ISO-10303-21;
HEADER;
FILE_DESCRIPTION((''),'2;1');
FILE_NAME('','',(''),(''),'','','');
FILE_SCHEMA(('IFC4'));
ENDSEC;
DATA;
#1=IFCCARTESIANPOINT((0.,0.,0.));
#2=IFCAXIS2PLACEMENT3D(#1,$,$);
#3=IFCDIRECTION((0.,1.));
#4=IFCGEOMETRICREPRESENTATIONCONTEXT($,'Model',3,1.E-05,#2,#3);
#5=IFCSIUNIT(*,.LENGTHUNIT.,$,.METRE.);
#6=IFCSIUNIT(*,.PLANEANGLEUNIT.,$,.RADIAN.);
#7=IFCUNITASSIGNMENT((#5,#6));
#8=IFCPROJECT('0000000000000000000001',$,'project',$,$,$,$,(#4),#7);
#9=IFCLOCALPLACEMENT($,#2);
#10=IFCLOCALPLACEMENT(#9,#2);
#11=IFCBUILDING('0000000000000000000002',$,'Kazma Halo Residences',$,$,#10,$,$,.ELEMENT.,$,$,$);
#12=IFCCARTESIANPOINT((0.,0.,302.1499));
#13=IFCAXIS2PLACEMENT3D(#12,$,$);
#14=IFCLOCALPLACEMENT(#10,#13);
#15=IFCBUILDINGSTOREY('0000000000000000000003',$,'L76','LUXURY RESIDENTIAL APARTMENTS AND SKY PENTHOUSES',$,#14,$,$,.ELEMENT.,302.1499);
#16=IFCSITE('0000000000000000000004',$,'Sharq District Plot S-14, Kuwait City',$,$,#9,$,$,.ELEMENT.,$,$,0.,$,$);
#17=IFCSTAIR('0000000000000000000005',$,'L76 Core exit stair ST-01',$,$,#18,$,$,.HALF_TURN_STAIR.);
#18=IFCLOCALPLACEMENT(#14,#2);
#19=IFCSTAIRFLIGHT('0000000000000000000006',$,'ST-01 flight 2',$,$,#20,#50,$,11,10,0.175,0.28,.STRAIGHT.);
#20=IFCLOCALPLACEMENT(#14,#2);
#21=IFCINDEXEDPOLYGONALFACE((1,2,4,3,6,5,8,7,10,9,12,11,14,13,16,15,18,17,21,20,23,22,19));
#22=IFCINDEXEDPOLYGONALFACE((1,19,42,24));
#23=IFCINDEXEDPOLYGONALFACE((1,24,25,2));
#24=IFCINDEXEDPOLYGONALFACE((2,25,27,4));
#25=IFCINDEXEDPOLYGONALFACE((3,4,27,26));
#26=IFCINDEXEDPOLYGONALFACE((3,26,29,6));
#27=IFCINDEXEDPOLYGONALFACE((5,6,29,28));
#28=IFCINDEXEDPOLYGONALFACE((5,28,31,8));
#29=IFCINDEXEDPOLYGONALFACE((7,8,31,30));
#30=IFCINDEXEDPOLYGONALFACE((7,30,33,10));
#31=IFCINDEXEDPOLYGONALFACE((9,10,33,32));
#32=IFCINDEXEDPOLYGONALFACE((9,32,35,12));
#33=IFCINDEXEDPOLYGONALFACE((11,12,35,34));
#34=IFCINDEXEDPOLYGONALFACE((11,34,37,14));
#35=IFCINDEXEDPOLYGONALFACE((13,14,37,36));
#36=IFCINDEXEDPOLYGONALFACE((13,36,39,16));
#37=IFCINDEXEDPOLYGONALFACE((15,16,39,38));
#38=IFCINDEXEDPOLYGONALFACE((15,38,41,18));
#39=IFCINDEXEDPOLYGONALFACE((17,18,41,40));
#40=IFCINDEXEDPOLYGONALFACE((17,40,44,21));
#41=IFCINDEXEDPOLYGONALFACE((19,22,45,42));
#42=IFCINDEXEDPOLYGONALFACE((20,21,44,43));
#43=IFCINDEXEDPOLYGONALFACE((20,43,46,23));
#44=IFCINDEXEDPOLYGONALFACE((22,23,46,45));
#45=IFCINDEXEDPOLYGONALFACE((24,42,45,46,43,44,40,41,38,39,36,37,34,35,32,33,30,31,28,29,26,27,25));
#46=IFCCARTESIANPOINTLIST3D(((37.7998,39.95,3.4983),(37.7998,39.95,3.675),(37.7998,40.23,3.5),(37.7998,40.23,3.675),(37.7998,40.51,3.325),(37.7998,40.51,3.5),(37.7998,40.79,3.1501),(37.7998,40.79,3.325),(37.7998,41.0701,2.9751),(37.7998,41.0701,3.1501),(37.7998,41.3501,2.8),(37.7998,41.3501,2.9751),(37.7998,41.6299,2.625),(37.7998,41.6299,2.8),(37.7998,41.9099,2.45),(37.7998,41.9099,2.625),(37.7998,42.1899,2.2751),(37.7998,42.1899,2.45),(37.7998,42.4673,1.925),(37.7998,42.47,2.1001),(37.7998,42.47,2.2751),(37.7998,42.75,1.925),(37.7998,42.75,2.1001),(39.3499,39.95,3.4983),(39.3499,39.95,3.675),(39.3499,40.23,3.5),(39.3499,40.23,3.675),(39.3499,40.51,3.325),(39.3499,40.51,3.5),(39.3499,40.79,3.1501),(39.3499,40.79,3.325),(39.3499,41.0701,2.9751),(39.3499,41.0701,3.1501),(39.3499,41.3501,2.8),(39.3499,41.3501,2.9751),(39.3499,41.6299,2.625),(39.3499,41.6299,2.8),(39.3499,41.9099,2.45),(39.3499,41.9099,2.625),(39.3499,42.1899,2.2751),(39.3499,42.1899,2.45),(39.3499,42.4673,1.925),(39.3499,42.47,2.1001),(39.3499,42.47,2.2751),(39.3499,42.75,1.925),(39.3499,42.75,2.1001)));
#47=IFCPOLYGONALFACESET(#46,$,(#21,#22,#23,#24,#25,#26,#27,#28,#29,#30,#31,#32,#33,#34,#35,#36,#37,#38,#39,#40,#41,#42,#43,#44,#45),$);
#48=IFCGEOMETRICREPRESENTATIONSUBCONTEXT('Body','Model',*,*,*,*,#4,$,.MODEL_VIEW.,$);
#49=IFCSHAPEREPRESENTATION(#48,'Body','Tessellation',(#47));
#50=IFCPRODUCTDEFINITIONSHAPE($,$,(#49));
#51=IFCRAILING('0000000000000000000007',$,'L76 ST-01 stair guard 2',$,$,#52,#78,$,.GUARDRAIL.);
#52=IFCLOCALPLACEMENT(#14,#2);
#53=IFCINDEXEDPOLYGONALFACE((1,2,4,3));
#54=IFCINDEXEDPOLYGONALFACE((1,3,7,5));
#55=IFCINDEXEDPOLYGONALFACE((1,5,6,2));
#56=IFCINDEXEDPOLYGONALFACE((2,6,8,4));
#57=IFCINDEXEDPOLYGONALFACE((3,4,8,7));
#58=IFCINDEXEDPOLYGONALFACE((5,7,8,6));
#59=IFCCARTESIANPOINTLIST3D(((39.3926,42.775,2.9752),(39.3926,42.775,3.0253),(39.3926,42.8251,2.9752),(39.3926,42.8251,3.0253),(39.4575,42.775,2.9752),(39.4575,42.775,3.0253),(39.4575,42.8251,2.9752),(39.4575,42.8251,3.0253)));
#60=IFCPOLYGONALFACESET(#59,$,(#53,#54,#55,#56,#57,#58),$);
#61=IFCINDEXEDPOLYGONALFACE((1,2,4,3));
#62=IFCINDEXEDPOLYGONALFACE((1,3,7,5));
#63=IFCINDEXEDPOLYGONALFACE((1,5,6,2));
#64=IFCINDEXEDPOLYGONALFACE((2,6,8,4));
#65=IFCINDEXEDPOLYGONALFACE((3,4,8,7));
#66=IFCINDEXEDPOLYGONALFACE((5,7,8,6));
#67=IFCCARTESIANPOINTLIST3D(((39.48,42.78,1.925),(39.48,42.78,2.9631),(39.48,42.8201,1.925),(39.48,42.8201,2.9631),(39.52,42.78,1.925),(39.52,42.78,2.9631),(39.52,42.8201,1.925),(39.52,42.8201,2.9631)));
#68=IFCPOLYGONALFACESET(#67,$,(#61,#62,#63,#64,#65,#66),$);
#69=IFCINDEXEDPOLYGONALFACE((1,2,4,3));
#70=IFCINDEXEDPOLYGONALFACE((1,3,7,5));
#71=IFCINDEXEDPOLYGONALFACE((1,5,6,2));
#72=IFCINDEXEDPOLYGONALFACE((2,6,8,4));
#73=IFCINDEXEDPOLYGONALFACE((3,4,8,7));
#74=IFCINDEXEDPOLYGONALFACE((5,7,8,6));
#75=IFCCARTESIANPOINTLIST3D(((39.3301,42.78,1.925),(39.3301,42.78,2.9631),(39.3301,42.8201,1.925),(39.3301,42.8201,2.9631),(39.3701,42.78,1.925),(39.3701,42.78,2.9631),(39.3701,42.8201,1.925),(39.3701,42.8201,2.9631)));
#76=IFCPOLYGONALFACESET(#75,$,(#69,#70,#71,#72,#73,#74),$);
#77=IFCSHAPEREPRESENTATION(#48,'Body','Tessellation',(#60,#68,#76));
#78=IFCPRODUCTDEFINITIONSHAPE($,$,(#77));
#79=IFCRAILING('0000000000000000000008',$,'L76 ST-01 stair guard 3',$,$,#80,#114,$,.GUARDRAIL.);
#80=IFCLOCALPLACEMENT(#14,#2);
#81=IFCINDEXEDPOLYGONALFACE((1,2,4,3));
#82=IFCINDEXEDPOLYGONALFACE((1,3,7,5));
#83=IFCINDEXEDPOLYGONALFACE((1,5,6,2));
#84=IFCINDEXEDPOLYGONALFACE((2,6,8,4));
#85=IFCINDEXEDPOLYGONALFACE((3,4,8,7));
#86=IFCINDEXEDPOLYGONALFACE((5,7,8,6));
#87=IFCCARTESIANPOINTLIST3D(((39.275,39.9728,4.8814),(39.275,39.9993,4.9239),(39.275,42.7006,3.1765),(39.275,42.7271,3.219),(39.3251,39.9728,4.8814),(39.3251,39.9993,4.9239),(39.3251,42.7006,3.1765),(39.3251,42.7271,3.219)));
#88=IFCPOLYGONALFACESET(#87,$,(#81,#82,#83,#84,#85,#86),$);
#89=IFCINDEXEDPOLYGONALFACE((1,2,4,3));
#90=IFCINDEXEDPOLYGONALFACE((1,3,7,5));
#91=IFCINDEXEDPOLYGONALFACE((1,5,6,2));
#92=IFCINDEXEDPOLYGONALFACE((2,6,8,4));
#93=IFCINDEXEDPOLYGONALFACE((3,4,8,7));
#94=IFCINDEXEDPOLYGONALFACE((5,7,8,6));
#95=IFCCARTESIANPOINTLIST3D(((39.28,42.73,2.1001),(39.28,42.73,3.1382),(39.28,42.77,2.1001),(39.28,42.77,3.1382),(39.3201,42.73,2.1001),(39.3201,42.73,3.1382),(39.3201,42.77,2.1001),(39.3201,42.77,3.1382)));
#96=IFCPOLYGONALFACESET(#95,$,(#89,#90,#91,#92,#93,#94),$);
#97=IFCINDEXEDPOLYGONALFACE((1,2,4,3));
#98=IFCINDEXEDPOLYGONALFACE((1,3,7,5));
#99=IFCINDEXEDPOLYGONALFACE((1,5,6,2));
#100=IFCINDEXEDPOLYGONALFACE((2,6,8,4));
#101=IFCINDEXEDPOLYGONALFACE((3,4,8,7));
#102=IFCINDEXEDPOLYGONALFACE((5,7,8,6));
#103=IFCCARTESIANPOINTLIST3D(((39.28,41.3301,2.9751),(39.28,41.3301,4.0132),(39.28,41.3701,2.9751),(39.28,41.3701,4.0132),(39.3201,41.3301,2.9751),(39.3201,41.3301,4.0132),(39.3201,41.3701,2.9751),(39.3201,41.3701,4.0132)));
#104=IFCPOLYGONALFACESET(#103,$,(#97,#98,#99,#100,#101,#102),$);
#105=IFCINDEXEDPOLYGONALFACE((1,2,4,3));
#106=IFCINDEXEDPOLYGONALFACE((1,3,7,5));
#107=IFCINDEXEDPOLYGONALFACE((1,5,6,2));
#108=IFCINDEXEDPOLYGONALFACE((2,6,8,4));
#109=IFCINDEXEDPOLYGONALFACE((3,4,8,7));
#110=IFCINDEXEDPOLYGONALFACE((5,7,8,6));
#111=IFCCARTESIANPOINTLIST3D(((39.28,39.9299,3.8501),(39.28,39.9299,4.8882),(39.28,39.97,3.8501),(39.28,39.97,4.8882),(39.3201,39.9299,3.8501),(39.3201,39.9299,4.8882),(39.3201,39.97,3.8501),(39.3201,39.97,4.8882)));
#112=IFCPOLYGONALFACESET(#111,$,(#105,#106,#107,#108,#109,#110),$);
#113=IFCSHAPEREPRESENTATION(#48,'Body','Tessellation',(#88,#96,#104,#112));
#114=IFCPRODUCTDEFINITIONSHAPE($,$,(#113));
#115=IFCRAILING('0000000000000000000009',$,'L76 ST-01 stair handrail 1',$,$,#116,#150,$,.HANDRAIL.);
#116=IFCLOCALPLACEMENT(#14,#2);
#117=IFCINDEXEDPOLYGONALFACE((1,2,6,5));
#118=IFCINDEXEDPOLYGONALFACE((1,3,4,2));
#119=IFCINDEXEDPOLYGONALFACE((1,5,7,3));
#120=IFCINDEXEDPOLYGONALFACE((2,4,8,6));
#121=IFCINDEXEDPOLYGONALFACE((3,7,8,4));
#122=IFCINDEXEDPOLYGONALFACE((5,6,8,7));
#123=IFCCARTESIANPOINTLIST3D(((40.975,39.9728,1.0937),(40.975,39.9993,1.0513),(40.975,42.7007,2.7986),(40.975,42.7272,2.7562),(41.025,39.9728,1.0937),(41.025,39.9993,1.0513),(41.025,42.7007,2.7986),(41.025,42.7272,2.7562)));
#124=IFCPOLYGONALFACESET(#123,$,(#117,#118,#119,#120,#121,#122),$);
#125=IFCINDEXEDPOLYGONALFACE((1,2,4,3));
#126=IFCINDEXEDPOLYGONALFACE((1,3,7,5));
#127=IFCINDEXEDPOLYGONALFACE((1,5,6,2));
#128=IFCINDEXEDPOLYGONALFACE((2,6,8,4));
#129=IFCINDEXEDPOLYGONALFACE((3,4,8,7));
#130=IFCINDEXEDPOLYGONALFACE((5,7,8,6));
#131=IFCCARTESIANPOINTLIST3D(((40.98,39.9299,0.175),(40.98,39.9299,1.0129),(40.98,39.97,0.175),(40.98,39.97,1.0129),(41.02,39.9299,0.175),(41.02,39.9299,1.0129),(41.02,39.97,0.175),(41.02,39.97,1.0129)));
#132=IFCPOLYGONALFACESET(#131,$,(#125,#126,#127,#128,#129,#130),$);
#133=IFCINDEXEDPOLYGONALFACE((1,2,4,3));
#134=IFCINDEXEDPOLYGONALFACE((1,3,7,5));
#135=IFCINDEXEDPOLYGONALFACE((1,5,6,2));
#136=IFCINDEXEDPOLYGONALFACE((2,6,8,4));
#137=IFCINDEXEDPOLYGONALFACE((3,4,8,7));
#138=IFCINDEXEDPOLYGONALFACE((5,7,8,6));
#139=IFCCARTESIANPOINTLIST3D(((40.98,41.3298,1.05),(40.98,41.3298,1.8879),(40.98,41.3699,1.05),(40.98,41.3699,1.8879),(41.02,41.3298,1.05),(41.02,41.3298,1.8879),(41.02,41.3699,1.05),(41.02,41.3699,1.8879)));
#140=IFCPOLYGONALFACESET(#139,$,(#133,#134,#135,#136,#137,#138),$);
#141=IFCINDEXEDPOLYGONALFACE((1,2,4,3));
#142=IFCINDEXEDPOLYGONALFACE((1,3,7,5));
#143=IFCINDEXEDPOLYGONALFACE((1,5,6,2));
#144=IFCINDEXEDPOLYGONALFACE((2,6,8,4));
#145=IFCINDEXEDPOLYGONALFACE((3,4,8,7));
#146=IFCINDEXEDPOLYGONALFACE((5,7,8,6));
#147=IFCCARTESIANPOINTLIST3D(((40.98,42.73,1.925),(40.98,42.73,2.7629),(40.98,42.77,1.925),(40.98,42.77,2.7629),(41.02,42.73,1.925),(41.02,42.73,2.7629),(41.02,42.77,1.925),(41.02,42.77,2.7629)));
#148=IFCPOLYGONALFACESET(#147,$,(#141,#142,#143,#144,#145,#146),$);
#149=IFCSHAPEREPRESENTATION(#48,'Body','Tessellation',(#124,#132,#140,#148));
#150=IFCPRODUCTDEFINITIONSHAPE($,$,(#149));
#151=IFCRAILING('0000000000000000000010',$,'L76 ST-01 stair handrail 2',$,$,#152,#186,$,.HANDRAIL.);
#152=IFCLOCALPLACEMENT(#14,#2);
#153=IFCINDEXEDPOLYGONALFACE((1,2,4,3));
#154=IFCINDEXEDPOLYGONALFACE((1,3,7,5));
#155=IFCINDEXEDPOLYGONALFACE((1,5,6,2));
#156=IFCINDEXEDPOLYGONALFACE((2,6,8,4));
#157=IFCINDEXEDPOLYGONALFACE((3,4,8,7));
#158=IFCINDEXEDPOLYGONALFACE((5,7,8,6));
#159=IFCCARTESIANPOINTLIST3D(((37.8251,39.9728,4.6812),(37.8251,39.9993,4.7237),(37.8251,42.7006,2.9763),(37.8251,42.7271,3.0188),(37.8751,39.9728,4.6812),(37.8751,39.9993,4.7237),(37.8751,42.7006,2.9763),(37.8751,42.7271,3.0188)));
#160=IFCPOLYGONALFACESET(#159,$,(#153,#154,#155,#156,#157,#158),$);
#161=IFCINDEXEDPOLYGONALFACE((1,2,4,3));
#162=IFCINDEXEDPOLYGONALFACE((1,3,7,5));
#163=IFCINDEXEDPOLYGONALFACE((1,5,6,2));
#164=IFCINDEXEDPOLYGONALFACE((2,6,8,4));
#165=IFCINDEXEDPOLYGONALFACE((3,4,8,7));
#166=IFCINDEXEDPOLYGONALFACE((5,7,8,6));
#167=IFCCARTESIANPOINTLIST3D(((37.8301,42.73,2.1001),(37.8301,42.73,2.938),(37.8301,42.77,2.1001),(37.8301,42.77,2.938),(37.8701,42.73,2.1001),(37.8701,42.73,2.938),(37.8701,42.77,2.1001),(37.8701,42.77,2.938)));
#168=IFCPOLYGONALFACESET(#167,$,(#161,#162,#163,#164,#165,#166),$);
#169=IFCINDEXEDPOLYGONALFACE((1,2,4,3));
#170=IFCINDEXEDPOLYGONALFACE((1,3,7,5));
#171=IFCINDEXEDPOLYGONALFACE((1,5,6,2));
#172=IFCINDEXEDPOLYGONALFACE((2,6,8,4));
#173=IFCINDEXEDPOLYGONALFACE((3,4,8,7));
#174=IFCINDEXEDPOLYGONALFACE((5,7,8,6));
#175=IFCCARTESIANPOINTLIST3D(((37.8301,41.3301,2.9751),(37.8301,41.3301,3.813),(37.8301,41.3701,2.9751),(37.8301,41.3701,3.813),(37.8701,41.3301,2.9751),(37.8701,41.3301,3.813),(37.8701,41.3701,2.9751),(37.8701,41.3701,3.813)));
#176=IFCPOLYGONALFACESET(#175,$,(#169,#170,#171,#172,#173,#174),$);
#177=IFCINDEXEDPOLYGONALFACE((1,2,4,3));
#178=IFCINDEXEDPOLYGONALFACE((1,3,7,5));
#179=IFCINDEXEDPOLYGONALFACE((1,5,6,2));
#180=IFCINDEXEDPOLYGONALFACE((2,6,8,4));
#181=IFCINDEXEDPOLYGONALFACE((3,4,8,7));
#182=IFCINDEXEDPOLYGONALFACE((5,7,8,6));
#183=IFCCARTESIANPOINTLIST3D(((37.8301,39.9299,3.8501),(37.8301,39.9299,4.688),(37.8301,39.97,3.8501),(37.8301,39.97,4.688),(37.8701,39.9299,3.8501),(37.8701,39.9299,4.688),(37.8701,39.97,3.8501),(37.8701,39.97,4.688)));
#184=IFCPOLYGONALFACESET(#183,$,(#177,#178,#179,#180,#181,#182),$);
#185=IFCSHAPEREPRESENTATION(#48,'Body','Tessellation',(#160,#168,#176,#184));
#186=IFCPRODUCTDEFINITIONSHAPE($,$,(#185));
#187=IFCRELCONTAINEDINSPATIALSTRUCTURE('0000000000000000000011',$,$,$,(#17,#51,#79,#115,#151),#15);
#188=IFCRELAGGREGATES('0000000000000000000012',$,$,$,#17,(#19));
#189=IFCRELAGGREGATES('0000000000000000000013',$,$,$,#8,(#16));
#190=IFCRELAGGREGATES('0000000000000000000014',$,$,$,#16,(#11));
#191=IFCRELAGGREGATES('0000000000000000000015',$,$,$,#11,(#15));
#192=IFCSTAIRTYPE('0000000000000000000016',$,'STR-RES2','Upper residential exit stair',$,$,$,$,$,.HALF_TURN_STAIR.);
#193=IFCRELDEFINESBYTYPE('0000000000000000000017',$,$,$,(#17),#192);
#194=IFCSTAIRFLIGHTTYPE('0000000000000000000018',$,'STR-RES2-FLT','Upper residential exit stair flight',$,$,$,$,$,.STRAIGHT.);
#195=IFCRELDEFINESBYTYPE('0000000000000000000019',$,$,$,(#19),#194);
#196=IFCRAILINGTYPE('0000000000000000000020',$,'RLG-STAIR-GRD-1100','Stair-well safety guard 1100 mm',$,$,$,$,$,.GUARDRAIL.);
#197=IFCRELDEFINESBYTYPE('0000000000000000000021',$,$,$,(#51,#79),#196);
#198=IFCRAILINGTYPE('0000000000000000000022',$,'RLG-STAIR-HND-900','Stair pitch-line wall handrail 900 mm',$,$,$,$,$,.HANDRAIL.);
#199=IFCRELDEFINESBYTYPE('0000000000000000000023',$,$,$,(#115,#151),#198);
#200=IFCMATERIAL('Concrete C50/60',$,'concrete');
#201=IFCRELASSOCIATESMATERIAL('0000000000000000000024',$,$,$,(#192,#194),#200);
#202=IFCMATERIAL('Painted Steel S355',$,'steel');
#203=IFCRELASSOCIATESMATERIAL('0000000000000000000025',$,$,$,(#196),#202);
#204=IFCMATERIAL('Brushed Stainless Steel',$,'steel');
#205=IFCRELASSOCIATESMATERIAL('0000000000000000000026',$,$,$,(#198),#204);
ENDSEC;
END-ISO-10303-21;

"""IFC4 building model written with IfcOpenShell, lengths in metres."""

from ifc_helpers import new_model, si_unit, direction, frame, origin, origin_2d, place, context, subcontext, project, spatial, polyline, rectangle, outline, extrude, material, type_object, element, aggregate, save


model = new_model("IFC4")

# Units and contexts
model_context = context("Model", 3, precision=1e-05, world=origin(), true_north=direction((0.0, 1.0)))
body_context = subcontext(model_context, "Body", "Model", "MODEL_VIEW")
ifc_project = project(units=[si_unit("LENGTHUNIT", "METRE"), si_unit("PLANEANGLEUNIT", "RADIAN")], contexts=[model_context])

# Site, building, storey
site_placement = place(None, origin())
site = spatial("IfcSite", under=ifc_project, at=site_placement, Name="Sharq District Plot S-14, Kuwait City", CompositionType="ELEMENT", RefElevation=0.0)
building_placement = place(site_placement, origin())
building = spatial("IfcBuilding", under=site, at=building_placement, Name="Kazma Halo Residences", CompositionType="ELEMENT")
storey_placement = place(building_placement, frame((0.0, 0.0, 302.1499)))
storey = spatial("IfcBuildingStorey", under=building, at=storey_placement, Name="L76", Description="LUXURY RESIDENTIAL APARTMENTS AND SKY PENTHOUSES", CompositionType="ELEMENT", Elevation=302.1499)

# Stair, stair flight
ifc_material_1 = material(Name="Concrete C50/60", Category="concrete")
stair_type = type_object("IfcStairType", Name="STR-RES2", Description="Upper residential exit stair", PredefinedType="HALF_TURN_STAIR", material=ifc_material_1)
stair_placement = place(storey_placement, origin())
stair = element("IfcStair", 1, at=stair_placement, inside=storey, type_object=stair_type, Name="L76 Core exit stair ST-01", PredefinedType="HALF_TURN_STAIR")
stair_flight_type = type_object("IfcStairFlightType", Name="STR-RES2-FLT", Description="Upper residential exit stair flight", PredefinedType="STRAIGHT", material=ifc_material_1)
stair_flight_placement = place(storey_placement, frame((38.575, 42.75, 1.925), z_axis=(0.0, 0.0, 1.0), x_axis=(0.0, -1.0, 0.0)))
stair_flight = element("IfcStairFlight", 2, at=stair_flight_placement, type_object=stair_flight_type, Name="ST-01 flight 2", NumberOfRisers=11, NumberOfTreads=10, PredefinedType="STRAIGHT", RiserHeight=0.175, TreadLength=0.28, context=body_context, shape_type="SweptSolid", body=[
    extrude(outline(polyline([(0.0, 0.0), (0.0, 0.175), (0.28, 0.175), (0.28, 0.3501), (0.5601, 0.3501), (0.5601, 0.5249), (0.8401, 0.5249), (0.8401, 0.7), (1.1201, 0.7), (1.1201, 0.875), (1.3999, 0.875), (1.3999, 1.05), (1.6799, 1.05), (1.6799, 1.2251), (1.96, 1.2251), (1.96, 1.3999), (2.24, 1.3999), (2.24, 1.575), (2.52, 1.575), (2.52, 1.75), (2.8, 1.75), (2.8, 1.925), (2.8, 1.5732), (0.2827, 0.0), (0.0, 0.0)])), frame((0.0, 0.7749, 0.0), z_axis=(0.0, -1.0, 0.0), x_axis=(1.0, 0.0, 0.0)), (0.0, 0.0, 1.0), 1.55),
])
aggregate(stair, [stair_flight])

# Railings
ifc_material_2 = material(Name="Painted Steel S355", Category="steel")
railing_type_1 = type_object("IfcRailingType", Name="RLG-STAIR-GRD-1100", Description="Stair-well safety guard 1100 mm", PredefinedType="GUARDRAIL", material=ifc_material_2)
railing_1_placement = place(storey_placement, frame((39.5, 42.8, 1.925)))
element("IfcRailing", 3, at=railing_1_placement, inside=storey, type_object=railing_type_1, Name="L76 ST-01 stair guard 2", PredefinedType="GUARDRAIL", context=body_context, shape_type="SweptSolid", body=[
    extrude(rectangle(XDim=0.05, YDim=0.05, at=origin_2d()), frame((-0.0425, 0.0, 1.0752), z_axis=(-1.0, 0.0, 0.0), x_axis=(0.0, -1.0, 0.0)), (0.0, 0.0, 1.0), 0.0649),
    extrude(rectangle(XDim=0.04, YDim=0.04, at=origin_2d()), origin(), (0.0, 0.0, 1.0), 1.0381),
    extrude(rectangle(XDim=0.04, YDim=0.04, at=origin_2d()), frame((-0.1499, 0.0, 0.0)), (0.0, 0.0, 1.0), 1.0381),
])
railing_2_placement = place(storey_placement, frame((39.3, 42.75, 2.1001)))
element("IfcRailing", 4, at=railing_2_placement, inside=storey, type_object=railing_type_1, Name="L76 ST-01 stair guard 3", PredefinedType="GUARDRAIL", context=body_context, shape_type="SweptSolid", body=[
    extrude(rectangle(XDim=0.05, YDim=0.05, at=origin_2d()), frame((0.0, -0.0361, 1.0977), z_axis=(0.0, -0.848002, 0.529992), x_axis=(1.0, 0.0, 0.0)), (0.0, 0.0, 1.0), 3.2168),
    extrude(rectangle(XDim=0.04, YDim=0.04, at=origin_2d()), origin(), (0.0, 0.0, 1.0), 1.0381),
    extrude(rectangle(XDim=0.04, YDim=0.04, at=origin_2d()), frame((0.0, -1.3999, 0.875)), (0.0, 0.0, 1.0), 1.0381),
    extrude(rectangle(XDim=0.04, YDim=0.04, at=origin_2d()), frame((0.0, -2.8, 1.75)), (0.0, 0.0, 1.0), 1.0381),
])
ifc_material_3 = material(Name="Brushed Stainless Steel", Category="steel")
railing_type_2 = type_object("IfcRailingType", Name="RLG-STAIR-HND-900", Description="Stair pitch-line wall handrail 900 mm", PredefinedType="HANDRAIL", material=ifc_material_3)
railing_3_placement = place(storey_placement, frame((41.0, 39.95, 0.175)))
element("IfcRailing", 5, at=railing_3_placement, inside=storey, type_object=railing_type_2, Name="L76 ST-01 stair handrail 1", PredefinedType="HANDRAIL", context=body_context, shape_type="SweptSolid", body=[
    extrude(rectangle(XDim=0.05, YDim=0.05, at=origin_2d()), frame((0.0, 0.0361, 0.8975), z_axis=(0.0, 0.848002, 0.529992), x_axis=(-1.0, 0.0, 0.0)), (0.0, 0.0, 1.0), 3.2168),
    extrude(rectangle(XDim=0.04, YDim=0.04, at=origin_2d()), origin(), (0.0, 0.0, 1.0), 0.8379),
    extrude(rectangle(XDim=0.04, YDim=0.04, at=origin_2d()), frame((0.0, 1.3999, 0.875)), (0.0, 0.0, 1.0), 0.8379),
    extrude(rectangle(XDim=0.04, YDim=0.04, at=origin_2d()), frame((0.0, 2.8, 1.75)), (0.0, 0.0, 1.0), 0.8379),
])
railing_4_placement = place(storey_placement, frame((37.8501, 42.75, 2.1001)))
element("IfcRailing", 6, at=railing_4_placement, inside=storey, type_object=railing_type_2, Name="L76 ST-01 stair handrail 2", PredefinedType="HANDRAIL", context=body_context, shape_type="SweptSolid", body=[
    extrude(rectangle(XDim=0.05, YDim=0.05, at=origin_2d()), frame((0.0, -0.0361, 0.8975), z_axis=(0.0, -0.848002, 0.529992), x_axis=(1.0, 0.0, 0.0)), (0.0, 0.0, 1.0), 3.2168),
    extrude(rectangle(XDim=0.04, YDim=0.04, at=origin_2d()), origin(), (0.0, 0.0, 1.0), 0.8379),
    extrude(rectangle(XDim=0.04, YDim=0.04, at=origin_2d()), frame((0.0, -1.3999, 0.875)), (0.0, 0.0, 1.0), 0.8379),
    extrude(rectangle(XDim=0.04, YDim=0.04, at=origin_2d()), frame((0.0, -2.8, 1.75)), (0.0, 0.0, 1.0), 0.8379),
])

save(model, "model.ifc")
